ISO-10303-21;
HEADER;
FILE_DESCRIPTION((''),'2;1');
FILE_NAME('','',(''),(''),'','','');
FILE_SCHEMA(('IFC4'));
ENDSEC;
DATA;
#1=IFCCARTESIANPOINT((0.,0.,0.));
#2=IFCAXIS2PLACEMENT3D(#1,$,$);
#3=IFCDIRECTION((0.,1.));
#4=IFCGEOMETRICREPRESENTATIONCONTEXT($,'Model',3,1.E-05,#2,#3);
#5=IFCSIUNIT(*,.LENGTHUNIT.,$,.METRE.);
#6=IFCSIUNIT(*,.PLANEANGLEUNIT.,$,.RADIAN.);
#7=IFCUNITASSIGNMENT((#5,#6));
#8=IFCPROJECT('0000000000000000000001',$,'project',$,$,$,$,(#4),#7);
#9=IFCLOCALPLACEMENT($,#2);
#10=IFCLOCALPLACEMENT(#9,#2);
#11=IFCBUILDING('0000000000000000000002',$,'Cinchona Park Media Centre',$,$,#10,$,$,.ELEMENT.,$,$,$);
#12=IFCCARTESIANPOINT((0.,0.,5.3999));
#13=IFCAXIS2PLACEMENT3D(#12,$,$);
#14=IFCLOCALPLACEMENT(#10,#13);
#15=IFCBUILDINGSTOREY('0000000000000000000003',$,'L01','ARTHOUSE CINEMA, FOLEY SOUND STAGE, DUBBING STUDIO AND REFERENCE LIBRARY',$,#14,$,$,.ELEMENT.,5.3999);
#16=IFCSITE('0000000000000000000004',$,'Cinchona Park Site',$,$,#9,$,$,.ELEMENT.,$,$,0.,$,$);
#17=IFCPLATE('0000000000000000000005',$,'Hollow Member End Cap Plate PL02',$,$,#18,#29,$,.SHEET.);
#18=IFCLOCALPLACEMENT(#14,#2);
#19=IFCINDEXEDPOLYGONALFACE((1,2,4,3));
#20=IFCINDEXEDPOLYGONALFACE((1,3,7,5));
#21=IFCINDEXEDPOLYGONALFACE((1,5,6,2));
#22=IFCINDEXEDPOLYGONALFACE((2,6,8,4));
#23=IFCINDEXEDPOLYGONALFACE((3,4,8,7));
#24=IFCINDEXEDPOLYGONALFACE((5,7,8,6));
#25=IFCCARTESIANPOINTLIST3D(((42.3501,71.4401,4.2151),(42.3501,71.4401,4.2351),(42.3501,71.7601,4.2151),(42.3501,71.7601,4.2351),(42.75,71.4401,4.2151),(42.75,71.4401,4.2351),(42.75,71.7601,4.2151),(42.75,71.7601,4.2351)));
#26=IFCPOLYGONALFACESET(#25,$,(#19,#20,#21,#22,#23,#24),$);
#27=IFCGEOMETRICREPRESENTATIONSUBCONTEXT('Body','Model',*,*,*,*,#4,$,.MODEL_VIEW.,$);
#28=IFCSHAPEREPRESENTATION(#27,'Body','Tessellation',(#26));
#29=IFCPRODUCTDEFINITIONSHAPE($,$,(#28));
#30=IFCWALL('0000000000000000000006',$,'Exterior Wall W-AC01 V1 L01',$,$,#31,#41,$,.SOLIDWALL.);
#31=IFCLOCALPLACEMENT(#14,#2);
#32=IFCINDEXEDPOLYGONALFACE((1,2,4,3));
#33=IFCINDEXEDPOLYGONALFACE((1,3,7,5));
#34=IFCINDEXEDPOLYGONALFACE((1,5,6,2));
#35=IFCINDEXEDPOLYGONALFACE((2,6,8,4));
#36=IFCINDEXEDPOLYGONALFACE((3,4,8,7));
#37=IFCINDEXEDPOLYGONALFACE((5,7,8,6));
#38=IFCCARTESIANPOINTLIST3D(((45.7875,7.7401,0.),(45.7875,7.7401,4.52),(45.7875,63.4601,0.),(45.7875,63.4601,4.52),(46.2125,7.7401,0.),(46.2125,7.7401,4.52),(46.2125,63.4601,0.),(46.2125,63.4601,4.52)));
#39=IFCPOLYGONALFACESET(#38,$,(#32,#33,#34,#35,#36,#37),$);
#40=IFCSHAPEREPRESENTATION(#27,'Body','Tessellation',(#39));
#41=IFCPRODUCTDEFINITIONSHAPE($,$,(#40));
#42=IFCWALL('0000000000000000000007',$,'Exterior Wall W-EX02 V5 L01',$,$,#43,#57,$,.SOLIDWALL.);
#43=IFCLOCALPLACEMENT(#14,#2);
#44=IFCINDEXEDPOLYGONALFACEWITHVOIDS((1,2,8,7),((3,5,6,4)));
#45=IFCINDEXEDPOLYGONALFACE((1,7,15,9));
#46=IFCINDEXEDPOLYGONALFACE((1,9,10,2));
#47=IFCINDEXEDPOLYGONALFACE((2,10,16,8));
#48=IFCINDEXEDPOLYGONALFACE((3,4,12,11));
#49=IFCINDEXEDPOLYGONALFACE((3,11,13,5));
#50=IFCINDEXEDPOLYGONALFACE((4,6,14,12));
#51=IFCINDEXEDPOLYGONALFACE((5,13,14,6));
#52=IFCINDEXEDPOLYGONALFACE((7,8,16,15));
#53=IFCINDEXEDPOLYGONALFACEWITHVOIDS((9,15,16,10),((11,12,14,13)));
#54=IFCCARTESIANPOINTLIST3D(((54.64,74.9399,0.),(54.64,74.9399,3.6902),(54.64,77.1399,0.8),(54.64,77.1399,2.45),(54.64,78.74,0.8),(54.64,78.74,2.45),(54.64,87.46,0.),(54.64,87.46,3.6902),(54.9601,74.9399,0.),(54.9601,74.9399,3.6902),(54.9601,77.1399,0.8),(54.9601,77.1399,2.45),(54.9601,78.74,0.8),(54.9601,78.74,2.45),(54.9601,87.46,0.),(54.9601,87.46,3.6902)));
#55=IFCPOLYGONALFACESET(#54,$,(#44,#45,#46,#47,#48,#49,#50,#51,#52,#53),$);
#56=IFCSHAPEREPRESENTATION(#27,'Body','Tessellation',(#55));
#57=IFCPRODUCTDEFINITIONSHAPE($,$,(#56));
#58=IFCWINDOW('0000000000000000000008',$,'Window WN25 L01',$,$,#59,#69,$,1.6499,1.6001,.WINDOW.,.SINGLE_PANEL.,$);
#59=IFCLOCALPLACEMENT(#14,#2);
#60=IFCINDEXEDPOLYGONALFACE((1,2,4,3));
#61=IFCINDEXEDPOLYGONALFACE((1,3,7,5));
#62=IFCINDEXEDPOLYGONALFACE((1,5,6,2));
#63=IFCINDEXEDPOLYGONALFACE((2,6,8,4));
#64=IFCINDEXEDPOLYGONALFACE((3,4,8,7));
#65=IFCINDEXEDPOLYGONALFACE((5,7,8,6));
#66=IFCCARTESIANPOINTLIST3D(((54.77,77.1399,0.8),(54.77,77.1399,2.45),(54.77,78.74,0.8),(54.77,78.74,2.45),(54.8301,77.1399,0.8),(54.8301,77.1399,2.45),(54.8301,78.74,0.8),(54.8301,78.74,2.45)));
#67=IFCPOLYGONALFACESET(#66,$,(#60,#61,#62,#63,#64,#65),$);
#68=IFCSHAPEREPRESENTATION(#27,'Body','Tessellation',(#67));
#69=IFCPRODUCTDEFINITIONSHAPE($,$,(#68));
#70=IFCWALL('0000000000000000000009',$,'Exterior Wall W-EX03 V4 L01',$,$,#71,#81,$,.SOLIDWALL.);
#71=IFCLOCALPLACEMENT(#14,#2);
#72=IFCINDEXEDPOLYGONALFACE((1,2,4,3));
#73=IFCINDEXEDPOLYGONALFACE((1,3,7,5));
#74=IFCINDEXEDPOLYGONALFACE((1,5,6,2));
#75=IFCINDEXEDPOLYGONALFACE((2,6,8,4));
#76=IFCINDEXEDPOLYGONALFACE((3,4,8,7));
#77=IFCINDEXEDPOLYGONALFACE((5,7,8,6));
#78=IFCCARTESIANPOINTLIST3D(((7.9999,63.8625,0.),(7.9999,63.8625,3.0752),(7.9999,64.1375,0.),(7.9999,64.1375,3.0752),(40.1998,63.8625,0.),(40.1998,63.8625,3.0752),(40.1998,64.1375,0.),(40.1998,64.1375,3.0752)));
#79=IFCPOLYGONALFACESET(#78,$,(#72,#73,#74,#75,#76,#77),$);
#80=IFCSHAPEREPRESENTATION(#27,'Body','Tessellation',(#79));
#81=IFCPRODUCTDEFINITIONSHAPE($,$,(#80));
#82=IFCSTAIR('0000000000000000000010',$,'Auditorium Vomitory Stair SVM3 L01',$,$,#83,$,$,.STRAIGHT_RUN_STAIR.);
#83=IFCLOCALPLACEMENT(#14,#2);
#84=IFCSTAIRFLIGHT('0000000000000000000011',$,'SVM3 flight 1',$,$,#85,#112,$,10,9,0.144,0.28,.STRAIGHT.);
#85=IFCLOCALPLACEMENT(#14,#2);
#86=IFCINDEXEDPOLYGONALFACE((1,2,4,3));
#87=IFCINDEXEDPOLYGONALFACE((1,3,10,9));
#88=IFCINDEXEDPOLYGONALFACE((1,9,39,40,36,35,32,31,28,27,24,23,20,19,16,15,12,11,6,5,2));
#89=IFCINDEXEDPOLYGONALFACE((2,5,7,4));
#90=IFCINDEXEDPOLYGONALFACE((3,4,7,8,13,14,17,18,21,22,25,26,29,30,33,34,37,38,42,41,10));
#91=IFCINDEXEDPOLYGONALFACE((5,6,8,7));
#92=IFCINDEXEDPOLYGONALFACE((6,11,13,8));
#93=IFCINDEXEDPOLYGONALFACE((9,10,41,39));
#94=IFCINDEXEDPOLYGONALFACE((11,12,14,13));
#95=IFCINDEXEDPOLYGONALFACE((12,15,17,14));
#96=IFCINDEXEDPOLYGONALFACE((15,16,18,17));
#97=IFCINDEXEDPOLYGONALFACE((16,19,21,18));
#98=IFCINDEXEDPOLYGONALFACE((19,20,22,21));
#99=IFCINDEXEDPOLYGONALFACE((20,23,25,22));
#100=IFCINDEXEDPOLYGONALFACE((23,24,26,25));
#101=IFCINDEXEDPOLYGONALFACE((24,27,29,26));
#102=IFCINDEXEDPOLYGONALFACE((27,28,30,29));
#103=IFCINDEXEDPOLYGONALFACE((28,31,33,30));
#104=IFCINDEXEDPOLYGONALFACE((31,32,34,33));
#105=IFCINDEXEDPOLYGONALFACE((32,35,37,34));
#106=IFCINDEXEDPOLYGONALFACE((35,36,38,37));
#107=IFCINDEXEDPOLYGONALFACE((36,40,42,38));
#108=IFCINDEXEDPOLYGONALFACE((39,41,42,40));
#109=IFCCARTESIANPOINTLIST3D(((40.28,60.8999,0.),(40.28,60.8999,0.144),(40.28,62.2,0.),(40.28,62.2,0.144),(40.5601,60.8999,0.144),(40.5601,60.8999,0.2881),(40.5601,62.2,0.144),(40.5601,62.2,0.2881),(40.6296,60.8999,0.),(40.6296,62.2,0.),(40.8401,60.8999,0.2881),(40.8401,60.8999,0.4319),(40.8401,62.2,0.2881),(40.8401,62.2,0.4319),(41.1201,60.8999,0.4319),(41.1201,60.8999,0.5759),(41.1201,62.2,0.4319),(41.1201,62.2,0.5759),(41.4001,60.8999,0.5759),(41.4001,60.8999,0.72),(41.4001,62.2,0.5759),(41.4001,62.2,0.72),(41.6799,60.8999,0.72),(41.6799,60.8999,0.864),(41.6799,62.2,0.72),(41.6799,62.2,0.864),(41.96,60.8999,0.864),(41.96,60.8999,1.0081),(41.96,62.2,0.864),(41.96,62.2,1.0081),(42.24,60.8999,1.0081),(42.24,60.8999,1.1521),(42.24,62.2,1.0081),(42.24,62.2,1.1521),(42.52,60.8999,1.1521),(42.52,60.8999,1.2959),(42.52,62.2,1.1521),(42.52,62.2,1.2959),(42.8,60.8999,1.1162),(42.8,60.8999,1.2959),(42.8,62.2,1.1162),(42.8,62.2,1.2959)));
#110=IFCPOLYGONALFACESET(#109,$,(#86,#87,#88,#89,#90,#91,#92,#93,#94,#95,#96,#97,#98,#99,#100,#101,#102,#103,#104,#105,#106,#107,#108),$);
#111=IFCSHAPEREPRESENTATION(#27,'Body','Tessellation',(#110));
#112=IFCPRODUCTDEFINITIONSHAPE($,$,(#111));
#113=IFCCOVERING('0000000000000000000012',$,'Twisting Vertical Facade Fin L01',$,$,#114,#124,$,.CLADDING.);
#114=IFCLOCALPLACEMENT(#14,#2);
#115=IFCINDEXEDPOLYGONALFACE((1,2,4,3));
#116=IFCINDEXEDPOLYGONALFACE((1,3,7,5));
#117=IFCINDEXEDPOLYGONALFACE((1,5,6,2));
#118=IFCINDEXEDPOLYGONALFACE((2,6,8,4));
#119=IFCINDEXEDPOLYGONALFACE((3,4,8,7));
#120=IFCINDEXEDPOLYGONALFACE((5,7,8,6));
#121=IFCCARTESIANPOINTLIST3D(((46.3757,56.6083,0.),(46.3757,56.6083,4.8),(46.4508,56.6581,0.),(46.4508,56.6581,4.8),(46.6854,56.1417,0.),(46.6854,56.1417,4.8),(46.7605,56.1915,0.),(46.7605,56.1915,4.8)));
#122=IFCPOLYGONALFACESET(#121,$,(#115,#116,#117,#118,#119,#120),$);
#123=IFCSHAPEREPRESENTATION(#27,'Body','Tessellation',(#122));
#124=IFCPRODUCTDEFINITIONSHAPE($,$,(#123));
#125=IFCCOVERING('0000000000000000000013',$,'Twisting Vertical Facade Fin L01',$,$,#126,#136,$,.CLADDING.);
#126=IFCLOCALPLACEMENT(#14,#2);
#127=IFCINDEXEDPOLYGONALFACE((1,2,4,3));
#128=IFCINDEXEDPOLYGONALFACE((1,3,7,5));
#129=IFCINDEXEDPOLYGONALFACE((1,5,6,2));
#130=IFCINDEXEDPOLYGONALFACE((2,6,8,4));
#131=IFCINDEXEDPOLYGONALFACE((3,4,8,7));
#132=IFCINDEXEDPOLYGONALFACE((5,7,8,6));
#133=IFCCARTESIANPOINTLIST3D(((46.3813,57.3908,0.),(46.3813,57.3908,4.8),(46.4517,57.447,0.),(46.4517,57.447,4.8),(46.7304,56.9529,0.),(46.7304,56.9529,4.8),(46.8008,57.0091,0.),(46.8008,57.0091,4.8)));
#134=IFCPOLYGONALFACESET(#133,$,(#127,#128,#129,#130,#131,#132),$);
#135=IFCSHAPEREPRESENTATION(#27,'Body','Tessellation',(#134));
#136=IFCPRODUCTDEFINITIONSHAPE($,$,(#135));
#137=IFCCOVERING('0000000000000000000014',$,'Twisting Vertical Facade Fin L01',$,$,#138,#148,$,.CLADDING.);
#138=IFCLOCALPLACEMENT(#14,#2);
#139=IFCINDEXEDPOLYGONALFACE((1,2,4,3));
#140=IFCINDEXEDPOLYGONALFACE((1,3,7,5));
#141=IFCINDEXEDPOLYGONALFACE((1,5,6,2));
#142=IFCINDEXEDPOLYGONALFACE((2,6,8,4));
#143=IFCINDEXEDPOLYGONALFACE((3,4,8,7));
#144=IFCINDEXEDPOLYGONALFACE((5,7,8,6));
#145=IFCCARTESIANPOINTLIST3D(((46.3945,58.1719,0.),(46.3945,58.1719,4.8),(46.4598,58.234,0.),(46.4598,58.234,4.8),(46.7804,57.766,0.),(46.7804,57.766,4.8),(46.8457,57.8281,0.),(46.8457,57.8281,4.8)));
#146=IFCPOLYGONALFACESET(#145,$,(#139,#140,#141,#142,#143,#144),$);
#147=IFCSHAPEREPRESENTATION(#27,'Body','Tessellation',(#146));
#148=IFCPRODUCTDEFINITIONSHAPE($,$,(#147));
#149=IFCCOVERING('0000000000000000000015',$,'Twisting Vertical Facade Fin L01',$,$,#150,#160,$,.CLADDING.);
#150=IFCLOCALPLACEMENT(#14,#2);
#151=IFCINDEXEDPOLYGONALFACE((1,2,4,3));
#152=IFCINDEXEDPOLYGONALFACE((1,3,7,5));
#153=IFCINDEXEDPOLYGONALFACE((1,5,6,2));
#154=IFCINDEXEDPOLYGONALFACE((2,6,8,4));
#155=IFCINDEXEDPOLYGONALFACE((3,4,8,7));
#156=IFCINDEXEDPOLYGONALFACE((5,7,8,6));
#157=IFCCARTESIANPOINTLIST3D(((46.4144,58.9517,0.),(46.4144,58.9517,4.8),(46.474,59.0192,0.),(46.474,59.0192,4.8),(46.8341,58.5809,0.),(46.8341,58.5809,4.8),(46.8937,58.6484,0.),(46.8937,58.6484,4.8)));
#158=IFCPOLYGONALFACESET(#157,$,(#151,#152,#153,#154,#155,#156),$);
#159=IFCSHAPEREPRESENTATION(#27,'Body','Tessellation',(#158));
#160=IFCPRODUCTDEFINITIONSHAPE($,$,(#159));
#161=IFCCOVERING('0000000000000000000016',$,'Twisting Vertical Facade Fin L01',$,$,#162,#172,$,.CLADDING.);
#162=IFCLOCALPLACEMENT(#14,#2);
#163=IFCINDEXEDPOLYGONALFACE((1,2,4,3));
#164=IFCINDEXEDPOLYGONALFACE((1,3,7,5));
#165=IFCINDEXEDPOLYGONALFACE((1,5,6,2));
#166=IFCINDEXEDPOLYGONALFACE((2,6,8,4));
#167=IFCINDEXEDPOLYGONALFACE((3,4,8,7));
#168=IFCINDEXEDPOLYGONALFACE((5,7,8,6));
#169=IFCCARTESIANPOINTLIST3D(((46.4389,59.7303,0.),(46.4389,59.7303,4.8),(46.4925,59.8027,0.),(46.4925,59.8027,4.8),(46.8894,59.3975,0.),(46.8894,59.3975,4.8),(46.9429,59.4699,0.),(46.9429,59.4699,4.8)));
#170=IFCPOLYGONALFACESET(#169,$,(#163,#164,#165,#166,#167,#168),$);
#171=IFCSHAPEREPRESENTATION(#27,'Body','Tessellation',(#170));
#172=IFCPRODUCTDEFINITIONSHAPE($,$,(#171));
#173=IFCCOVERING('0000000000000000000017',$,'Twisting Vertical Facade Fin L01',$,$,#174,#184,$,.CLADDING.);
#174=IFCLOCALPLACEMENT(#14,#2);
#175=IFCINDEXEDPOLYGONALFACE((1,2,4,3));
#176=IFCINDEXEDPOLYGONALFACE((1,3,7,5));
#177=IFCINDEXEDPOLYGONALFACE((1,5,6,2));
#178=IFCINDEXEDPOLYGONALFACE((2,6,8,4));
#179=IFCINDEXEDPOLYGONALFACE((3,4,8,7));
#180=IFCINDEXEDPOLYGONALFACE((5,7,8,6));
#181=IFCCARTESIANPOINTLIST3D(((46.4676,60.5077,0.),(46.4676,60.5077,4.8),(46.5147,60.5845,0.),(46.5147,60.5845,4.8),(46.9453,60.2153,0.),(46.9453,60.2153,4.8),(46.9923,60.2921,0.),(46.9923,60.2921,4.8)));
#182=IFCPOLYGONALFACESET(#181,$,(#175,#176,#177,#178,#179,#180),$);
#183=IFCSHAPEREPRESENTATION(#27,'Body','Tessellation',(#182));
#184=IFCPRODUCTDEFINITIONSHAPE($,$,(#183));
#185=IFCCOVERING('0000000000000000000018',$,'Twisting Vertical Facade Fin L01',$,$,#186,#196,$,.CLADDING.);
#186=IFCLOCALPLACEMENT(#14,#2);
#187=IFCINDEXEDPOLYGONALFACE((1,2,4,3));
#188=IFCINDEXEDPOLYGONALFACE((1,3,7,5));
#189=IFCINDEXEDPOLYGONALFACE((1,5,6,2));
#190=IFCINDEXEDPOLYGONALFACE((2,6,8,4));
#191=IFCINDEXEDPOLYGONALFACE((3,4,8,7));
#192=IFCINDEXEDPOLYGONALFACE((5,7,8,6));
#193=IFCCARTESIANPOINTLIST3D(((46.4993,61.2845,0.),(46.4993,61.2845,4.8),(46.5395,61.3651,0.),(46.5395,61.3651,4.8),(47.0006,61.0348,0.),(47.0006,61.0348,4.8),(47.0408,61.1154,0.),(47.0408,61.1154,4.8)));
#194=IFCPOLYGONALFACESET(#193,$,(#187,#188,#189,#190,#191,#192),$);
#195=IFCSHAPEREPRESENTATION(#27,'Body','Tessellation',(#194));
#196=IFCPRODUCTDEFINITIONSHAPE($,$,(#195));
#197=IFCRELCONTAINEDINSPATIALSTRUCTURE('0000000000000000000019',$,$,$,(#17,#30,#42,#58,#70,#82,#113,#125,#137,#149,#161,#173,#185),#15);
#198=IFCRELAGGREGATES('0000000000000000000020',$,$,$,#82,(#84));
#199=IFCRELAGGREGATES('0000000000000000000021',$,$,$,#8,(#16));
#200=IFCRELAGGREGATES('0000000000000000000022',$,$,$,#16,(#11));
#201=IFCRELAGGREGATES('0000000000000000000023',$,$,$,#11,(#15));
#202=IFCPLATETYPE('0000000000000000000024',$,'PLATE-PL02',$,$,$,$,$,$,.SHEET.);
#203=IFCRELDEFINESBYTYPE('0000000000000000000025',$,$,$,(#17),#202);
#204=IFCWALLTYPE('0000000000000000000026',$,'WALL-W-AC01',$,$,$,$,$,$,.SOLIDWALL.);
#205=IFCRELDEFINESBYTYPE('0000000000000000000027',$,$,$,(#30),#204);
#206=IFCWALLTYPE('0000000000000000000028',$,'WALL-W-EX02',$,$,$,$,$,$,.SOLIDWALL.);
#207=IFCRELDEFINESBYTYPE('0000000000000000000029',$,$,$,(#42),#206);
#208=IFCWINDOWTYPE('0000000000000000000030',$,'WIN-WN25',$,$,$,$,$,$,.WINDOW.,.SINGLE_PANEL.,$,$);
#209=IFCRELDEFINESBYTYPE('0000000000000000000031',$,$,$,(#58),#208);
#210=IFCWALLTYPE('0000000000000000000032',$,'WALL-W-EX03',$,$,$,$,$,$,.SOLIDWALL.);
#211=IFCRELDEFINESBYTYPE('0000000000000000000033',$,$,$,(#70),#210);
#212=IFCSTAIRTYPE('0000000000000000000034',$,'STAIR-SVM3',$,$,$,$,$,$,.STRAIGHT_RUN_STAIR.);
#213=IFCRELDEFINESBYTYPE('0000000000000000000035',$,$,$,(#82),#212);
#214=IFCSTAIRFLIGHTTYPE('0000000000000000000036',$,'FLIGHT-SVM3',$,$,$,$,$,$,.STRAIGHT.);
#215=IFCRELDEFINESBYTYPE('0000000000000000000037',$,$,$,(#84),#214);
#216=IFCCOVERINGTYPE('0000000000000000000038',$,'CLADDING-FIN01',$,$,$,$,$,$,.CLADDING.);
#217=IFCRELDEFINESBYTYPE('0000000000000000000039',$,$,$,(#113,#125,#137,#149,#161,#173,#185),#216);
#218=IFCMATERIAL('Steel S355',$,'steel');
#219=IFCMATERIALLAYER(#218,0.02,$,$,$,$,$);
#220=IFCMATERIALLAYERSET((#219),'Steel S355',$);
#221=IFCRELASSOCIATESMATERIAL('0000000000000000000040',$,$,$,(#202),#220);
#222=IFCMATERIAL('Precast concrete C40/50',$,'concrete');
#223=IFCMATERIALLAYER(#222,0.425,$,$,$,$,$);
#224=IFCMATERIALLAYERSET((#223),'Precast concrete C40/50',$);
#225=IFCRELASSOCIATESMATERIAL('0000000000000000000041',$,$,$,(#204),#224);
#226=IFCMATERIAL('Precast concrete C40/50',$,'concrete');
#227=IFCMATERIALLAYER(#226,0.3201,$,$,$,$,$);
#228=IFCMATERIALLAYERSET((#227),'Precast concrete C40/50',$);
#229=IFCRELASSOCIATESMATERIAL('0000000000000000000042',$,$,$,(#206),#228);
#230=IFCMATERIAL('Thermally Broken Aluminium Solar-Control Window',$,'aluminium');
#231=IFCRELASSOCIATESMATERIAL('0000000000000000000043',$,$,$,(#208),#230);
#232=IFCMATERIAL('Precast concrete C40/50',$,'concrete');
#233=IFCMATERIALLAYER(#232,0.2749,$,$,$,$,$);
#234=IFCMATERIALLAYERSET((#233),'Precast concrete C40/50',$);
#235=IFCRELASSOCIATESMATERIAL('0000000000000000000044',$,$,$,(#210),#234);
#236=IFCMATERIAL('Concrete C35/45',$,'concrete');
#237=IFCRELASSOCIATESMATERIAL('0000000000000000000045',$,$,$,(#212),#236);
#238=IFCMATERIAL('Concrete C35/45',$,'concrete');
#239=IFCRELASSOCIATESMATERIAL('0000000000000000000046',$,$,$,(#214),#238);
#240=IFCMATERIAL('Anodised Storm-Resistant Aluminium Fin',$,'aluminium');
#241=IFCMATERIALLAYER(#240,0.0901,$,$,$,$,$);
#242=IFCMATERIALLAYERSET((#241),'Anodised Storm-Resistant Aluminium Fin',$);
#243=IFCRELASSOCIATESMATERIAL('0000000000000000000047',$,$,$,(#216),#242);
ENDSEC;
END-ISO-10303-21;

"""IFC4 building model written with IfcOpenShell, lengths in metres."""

from ifc_helpers import new_model, si_unit, direction, frame, frame_2d, origin, origin_2d, place, context, subcontext, project, spatial, polyline, rectangle, outline, extrude, material, layer, layer_set, type_object, element, fill, aggregate, save


model = new_model("IFC4")

# Units and contexts
model_context = context("Model", 3, precision=1e-05, world=origin(), true_north=direction((0.0, 1.0)))
body_context = subcontext(model_context, "Body", "Model", "MODEL_VIEW")
ifc_project = project(units=[si_unit("LENGTHUNIT", "METRE"), si_unit("PLANEANGLEUNIT", "RADIAN")], contexts=[model_context])

# Site, building, storey
site_placement = place(None, origin())
site = spatial("IfcSite", under=ifc_project, at=site_placement, Name="Cinchona Park Site", CompositionType="ELEMENT", RefElevation=0.0)
building_placement = place(site_placement, origin())
building = spatial("IfcBuilding", under=site, at=building_placement, Name="Cinchona Park Media Centre", CompositionType="ELEMENT")
storey_placement = place(building_placement, frame((0.0, 0.0, 5.3999)))
storey = spatial("IfcBuildingStorey", under=building, at=storey_placement, Name="L01", Description="ARTHOUSE CINEMA, FOLEY SOUND STAGE, DUBBING STUDIO AND REFERENCE LIBRARY", CompositionType="ELEMENT", Elevation=5.3999)

# Plate
ifc_material_1 = material(Name="Steel S355", Category="steel")
ifc_layer_1 = layer(ifc_material_1, 0.02)
ifc_layer_set_1 = layer_set([ifc_layer_1], Name="Steel S355")
plate_type_1 = type_object("IfcPlateType", Name="PLATE-PL02", PredefinedType="SHEET", material=ifc_layer_set_1)
plate_1_placement = place(storey_placement, frame((42.55, 71.6001, 4.2151), z_axis=(0.0, 0.0, 1.0), x_axis=(1.0, 0.0, 0.0)))
element("IfcPlate", 1, at=plate_1_placement, inside=storey, type_object=plate_type_1, Name="Hollow Member End Cap Plate PL02", PredefinedType="SHEET", context=body_context, shape_type="SweptSolid", body=[
    extrude(rectangle(XDim=0.3999, YDim=0.3201, at=origin_2d()), origin(), (0.0, 0.0, 1.0), 0.02),
])

# Wall
ifc_material_2 = material(Name="Precast concrete C40/50", Category="concrete")
ifc_layer_2 = layer(ifc_material_2, 0.425)
ifc_layer_set_2 = layer_set([ifc_layer_2], Name="Precast concrete C40/50")
wall_type_1 = type_object("IfcWallType", Name="WALL-W-AC01", PredefinedType="SOLIDWALL", material=ifc_layer_set_2)
wall_1_placement = place(storey_placement, frame((46.0, 63.46, 0.0), z_axis=(0.0, 0.0, 1.0), x_axis=(0.0, -1.0, 0.0)))
element("IfcWall", 2, at=wall_1_placement, inside=storey, type_object=wall_type_1, Name="Exterior Wall W-AC01 V1 L01", PredefinedType="SOLIDWALL", context=body_context, shape_type="SweptSolid", body=[
    extrude(rectangle(XDim=55.72, YDim=0.425, at=frame_2d((27.8599, 0.0))), origin(), (0.0, 0.0, 1.0), 4.52),
])

# Wall, opening, window
ifc_material_3 = material(Name="Precast concrete C40/50", Category="concrete")
ifc_layer_3 = layer(ifc_material_3, 0.3201)
ifc_layer_set_3 = layer_set([ifc_layer_3], Name="Precast concrete C40/50")
wall_type_2 = type_object("IfcWallType", Name="WALL-W-EX02", PredefinedType="SOLIDWALL", material=ifc_layer_set_3)
wall_2_placement = place(storey_placement, frame((54.8, 74.9399, 0.0), z_axis=(0.0, 0.0, 1.0), x_axis=(0.0, 1.0, 0.0)))
wall_2 = element("IfcWall", 3, at=wall_2_placement, inside=storey, type_object=wall_type_2, Name="Exterior Wall W-EX02 V5 L01", PredefinedType="SOLIDWALL", context=body_context, shape_type="SweptSolid", body=[
    extrude(rectangle(XDim=12.52, YDim=0.3201, at=frame_2d((6.26, 0.0))), origin(), (0.0, 0.0, 1.0), 3.6902),
])
opening_placement = place(wall_2_placement, frame((2.2, 0.0, 0.8)))
opening = element("IfcOpeningElement", 4, at=opening_placement, cuts=wall_2, PredefinedType="OPENING", context=body_context, shape_type="SweptSolid", body=[
    extrude(rectangle(XDim=1.6001, YDim=1.6499, at=frame_2d((0.8, 0.825))), frame((0.0, 0.1699, 0.0), z_axis=(0.0, -1.0, 0.0), x_axis=(1.0, 0.0, 0.0)), (0.0, 0.0, 1.0), 0.3401),
])
ifc_material_4 = material(Name="Thermally Broken Aluminium Solar-Control Window", Category="aluminium")
window_type = type_object("IfcWindowType", Name="WIN-WN25", PartitioningType="SINGLE_PANEL", PredefinedType="WINDOW", material=ifc_material_4)
window_placement = place(opening_placement, origin())
window = element("IfcWindow", 5, at=window_placement, inside=storey, type_object=window_type, Name="Window WN25 L01", OverallHeight=1.6499, OverallWidth=1.6001, PartitioningType="SINGLE_PANEL", PredefinedType="WINDOW", context=body_context, shape_type="SweptSolid", body=[
    extrude(rectangle(XDim=1.6001, YDim=1.6499, at=frame_2d((0.8, 0.825))), frame((0.0, 0.03, 0.0), z_axis=(0.0, -1.0, 0.0), x_axis=(1.0, 0.0, 0.0)), (0.0, 0.0, 1.0), 0.0601),
])
fill(opening, window)

# Wall
ifc_material_5 = material(Name="Precast concrete C40/50", Category="concrete")
ifc_layer_4 = layer(ifc_material_5, 0.2749)
ifc_layer_set_4 = layer_set([ifc_layer_4], Name="Precast concrete C40/50")
wall_type_3 = type_object("IfcWallType", Name="WALL-W-EX03", PredefinedType="SOLIDWALL", material=ifc_layer_set_4)
wall_3_placement = place(storey_placement, frame((40.2, 64.0, 0.0), z_axis=(0.0, 0.0, 1.0), x_axis=(-1.0, 0.0, 0.0)))
element("IfcWall", 6, at=wall_3_placement, inside=storey, type_object=wall_type_3, Name="Exterior Wall W-EX03 V4 L01", PredefinedType="SOLIDWALL", context=body_context, shape_type="SweptSolid", body=[
    extrude(rectangle(XDim=32.2, YDim=0.2749, at=frame_2d((16.1001, 0.0))), origin(), (0.0, 0.0, 1.0), 3.0752),
])

# Stair, stair flight
ifc_material_6 = material(Name="Concrete C35/45", Category="concrete")
stair_type = type_object("IfcStairType", Name="STAIR-SVM3", PredefinedType="STRAIGHT_RUN_STAIR", material=ifc_material_6)
stair_placement = place(storey_placement, origin())
stair = element("IfcStair", 7, at=stair_placement, inside=storey, type_object=stair_type, Name="Auditorium Vomitory Stair SVM3 L01", PredefinedType="STRAIGHT_RUN_STAIR")
ifc_material_7 = material(Name="Concrete C35/45", Category="concrete")
stair_flight_type = type_object("IfcStairFlightType", Name="FLIGHT-SVM3", PredefinedType="STRAIGHT", material=ifc_material_7)
stair_flight_placement = place(storey_placement, frame((40.28, 61.55, 0.0), z_axis=(0.0, 0.0, 1.0), x_axis=(1.0, 0.0, 0.0)))
stair_flight = element("IfcStairFlight", 8, at=stair_flight_placement, type_object=stair_flight_type, Name="SVM3 flight 1", NumberOfRisers=10, NumberOfTreads=9, PredefinedType="STRAIGHT", RiserHeight=0.144, TreadLength=0.28, context=body_context, shape_type="SweptSolid", body=[
    extrude(outline(polyline([(0.0, 0.0), (0.0, 0.144), (0.28, 0.144), (0.28, 0.2881), (0.5601, 0.2881), (0.5601, 0.4319), (0.8401, 0.4319), (0.8401, 0.5759), (1.1201, 0.5759), (1.1201, 0.72), (1.3999, 0.72), (1.3999, 0.864), (1.6799, 0.864), (1.6799, 1.0081), (1.96, 1.0081), (1.96, 1.1521), (2.24, 1.1521), (2.24, 1.2959), (2.52, 1.2959), (2.52, 1.4399), (2.52, 1.1162), (0.3496, 0.0), (0.0, 0.0)])), frame((0.0, 0.6499, 0.0), z_axis=(0.0, -1.0, 0.0), x_axis=(1.0, 0.0, 0.0)), (0.0, 0.0, 1.0), 1.3),
])
aggregate(stair, [stair_flight])

# Coverings
ifc_material_8 = material(Name="Anodised Storm-Resistant Aluminium Fin", Category="aluminium")
ifc_layer_5 = layer(ifc_material_8, 0.0901)
ifc_layer_set_5 = layer_set([ifc_layer_5], Name="Anodised Storm-Resistant Aluminium Fin")
covering_type = type_object("IfcCoveringType", Name="CLADDING-FIN01", PredefinedType="CLADDING", material=ifc_layer_set_5)
for number, where, z_axis, x_axis, name in (
    (9, (46.5681, 56.3999, 0.0), (0.0, 0.0, 1.0), (-0.552955, 0.833211, 0.0), "Twisting Vertical Facade Fin L01"),
    (10, (46.5911, 57.2, 0.0), (0.0, 0.0, 1.0), (-0.623334, 0.781956, 0.0), "Twisting Vertical Facade Fin L01"),
    (11, (46.6201, 58.0, 0.0), (0.0, 0.0, 1.0), (-0.688987, 0.724773, 0.0), "Twisting Vertical Facade Fin L01"),
    (12, (46.6541, 58.8, 0.0), (0.0, 0.0, 1.0), (-0.749418, 0.662097, 0.0), "Twisting Vertical Facade Fin L01"),
    (13, (46.6909, 59.6001, 0.0), (0.0, 0.0, 1.0), (-0.804272, 0.594261, 0.0), "Twisting Vertical Facade Fin L01"),
    (14, (46.73, 60.3999, 0.0), (0.0, 0.0, 1.0), (-0.852914, 0.522052, 0.0), "Twisting Vertical Facade Fin L01"),
    (15, (46.77, 61.2, 0.0), (0.0, 0.0, 1.0), (-0.89509, 0.445885, 0.0), "Twisting Vertical Facade Fin L01"),
):
    element("IfcCovering", number, at=place(storey_placement, frame(where, z_axis=z_axis, x_axis=x_axis)), inside=storey, type_object=covering_type, Name=name, PredefinedType="CLADDING", context=body_context, shape_type="SweptSolid", body=[
        extrude(rectangle(XDim=0.5601, YDim=0.0901, at=origin_2d()), origin(), (0.0, 0.0, 1.0), 4.8),
    ])

save(model, "model.ifc")
